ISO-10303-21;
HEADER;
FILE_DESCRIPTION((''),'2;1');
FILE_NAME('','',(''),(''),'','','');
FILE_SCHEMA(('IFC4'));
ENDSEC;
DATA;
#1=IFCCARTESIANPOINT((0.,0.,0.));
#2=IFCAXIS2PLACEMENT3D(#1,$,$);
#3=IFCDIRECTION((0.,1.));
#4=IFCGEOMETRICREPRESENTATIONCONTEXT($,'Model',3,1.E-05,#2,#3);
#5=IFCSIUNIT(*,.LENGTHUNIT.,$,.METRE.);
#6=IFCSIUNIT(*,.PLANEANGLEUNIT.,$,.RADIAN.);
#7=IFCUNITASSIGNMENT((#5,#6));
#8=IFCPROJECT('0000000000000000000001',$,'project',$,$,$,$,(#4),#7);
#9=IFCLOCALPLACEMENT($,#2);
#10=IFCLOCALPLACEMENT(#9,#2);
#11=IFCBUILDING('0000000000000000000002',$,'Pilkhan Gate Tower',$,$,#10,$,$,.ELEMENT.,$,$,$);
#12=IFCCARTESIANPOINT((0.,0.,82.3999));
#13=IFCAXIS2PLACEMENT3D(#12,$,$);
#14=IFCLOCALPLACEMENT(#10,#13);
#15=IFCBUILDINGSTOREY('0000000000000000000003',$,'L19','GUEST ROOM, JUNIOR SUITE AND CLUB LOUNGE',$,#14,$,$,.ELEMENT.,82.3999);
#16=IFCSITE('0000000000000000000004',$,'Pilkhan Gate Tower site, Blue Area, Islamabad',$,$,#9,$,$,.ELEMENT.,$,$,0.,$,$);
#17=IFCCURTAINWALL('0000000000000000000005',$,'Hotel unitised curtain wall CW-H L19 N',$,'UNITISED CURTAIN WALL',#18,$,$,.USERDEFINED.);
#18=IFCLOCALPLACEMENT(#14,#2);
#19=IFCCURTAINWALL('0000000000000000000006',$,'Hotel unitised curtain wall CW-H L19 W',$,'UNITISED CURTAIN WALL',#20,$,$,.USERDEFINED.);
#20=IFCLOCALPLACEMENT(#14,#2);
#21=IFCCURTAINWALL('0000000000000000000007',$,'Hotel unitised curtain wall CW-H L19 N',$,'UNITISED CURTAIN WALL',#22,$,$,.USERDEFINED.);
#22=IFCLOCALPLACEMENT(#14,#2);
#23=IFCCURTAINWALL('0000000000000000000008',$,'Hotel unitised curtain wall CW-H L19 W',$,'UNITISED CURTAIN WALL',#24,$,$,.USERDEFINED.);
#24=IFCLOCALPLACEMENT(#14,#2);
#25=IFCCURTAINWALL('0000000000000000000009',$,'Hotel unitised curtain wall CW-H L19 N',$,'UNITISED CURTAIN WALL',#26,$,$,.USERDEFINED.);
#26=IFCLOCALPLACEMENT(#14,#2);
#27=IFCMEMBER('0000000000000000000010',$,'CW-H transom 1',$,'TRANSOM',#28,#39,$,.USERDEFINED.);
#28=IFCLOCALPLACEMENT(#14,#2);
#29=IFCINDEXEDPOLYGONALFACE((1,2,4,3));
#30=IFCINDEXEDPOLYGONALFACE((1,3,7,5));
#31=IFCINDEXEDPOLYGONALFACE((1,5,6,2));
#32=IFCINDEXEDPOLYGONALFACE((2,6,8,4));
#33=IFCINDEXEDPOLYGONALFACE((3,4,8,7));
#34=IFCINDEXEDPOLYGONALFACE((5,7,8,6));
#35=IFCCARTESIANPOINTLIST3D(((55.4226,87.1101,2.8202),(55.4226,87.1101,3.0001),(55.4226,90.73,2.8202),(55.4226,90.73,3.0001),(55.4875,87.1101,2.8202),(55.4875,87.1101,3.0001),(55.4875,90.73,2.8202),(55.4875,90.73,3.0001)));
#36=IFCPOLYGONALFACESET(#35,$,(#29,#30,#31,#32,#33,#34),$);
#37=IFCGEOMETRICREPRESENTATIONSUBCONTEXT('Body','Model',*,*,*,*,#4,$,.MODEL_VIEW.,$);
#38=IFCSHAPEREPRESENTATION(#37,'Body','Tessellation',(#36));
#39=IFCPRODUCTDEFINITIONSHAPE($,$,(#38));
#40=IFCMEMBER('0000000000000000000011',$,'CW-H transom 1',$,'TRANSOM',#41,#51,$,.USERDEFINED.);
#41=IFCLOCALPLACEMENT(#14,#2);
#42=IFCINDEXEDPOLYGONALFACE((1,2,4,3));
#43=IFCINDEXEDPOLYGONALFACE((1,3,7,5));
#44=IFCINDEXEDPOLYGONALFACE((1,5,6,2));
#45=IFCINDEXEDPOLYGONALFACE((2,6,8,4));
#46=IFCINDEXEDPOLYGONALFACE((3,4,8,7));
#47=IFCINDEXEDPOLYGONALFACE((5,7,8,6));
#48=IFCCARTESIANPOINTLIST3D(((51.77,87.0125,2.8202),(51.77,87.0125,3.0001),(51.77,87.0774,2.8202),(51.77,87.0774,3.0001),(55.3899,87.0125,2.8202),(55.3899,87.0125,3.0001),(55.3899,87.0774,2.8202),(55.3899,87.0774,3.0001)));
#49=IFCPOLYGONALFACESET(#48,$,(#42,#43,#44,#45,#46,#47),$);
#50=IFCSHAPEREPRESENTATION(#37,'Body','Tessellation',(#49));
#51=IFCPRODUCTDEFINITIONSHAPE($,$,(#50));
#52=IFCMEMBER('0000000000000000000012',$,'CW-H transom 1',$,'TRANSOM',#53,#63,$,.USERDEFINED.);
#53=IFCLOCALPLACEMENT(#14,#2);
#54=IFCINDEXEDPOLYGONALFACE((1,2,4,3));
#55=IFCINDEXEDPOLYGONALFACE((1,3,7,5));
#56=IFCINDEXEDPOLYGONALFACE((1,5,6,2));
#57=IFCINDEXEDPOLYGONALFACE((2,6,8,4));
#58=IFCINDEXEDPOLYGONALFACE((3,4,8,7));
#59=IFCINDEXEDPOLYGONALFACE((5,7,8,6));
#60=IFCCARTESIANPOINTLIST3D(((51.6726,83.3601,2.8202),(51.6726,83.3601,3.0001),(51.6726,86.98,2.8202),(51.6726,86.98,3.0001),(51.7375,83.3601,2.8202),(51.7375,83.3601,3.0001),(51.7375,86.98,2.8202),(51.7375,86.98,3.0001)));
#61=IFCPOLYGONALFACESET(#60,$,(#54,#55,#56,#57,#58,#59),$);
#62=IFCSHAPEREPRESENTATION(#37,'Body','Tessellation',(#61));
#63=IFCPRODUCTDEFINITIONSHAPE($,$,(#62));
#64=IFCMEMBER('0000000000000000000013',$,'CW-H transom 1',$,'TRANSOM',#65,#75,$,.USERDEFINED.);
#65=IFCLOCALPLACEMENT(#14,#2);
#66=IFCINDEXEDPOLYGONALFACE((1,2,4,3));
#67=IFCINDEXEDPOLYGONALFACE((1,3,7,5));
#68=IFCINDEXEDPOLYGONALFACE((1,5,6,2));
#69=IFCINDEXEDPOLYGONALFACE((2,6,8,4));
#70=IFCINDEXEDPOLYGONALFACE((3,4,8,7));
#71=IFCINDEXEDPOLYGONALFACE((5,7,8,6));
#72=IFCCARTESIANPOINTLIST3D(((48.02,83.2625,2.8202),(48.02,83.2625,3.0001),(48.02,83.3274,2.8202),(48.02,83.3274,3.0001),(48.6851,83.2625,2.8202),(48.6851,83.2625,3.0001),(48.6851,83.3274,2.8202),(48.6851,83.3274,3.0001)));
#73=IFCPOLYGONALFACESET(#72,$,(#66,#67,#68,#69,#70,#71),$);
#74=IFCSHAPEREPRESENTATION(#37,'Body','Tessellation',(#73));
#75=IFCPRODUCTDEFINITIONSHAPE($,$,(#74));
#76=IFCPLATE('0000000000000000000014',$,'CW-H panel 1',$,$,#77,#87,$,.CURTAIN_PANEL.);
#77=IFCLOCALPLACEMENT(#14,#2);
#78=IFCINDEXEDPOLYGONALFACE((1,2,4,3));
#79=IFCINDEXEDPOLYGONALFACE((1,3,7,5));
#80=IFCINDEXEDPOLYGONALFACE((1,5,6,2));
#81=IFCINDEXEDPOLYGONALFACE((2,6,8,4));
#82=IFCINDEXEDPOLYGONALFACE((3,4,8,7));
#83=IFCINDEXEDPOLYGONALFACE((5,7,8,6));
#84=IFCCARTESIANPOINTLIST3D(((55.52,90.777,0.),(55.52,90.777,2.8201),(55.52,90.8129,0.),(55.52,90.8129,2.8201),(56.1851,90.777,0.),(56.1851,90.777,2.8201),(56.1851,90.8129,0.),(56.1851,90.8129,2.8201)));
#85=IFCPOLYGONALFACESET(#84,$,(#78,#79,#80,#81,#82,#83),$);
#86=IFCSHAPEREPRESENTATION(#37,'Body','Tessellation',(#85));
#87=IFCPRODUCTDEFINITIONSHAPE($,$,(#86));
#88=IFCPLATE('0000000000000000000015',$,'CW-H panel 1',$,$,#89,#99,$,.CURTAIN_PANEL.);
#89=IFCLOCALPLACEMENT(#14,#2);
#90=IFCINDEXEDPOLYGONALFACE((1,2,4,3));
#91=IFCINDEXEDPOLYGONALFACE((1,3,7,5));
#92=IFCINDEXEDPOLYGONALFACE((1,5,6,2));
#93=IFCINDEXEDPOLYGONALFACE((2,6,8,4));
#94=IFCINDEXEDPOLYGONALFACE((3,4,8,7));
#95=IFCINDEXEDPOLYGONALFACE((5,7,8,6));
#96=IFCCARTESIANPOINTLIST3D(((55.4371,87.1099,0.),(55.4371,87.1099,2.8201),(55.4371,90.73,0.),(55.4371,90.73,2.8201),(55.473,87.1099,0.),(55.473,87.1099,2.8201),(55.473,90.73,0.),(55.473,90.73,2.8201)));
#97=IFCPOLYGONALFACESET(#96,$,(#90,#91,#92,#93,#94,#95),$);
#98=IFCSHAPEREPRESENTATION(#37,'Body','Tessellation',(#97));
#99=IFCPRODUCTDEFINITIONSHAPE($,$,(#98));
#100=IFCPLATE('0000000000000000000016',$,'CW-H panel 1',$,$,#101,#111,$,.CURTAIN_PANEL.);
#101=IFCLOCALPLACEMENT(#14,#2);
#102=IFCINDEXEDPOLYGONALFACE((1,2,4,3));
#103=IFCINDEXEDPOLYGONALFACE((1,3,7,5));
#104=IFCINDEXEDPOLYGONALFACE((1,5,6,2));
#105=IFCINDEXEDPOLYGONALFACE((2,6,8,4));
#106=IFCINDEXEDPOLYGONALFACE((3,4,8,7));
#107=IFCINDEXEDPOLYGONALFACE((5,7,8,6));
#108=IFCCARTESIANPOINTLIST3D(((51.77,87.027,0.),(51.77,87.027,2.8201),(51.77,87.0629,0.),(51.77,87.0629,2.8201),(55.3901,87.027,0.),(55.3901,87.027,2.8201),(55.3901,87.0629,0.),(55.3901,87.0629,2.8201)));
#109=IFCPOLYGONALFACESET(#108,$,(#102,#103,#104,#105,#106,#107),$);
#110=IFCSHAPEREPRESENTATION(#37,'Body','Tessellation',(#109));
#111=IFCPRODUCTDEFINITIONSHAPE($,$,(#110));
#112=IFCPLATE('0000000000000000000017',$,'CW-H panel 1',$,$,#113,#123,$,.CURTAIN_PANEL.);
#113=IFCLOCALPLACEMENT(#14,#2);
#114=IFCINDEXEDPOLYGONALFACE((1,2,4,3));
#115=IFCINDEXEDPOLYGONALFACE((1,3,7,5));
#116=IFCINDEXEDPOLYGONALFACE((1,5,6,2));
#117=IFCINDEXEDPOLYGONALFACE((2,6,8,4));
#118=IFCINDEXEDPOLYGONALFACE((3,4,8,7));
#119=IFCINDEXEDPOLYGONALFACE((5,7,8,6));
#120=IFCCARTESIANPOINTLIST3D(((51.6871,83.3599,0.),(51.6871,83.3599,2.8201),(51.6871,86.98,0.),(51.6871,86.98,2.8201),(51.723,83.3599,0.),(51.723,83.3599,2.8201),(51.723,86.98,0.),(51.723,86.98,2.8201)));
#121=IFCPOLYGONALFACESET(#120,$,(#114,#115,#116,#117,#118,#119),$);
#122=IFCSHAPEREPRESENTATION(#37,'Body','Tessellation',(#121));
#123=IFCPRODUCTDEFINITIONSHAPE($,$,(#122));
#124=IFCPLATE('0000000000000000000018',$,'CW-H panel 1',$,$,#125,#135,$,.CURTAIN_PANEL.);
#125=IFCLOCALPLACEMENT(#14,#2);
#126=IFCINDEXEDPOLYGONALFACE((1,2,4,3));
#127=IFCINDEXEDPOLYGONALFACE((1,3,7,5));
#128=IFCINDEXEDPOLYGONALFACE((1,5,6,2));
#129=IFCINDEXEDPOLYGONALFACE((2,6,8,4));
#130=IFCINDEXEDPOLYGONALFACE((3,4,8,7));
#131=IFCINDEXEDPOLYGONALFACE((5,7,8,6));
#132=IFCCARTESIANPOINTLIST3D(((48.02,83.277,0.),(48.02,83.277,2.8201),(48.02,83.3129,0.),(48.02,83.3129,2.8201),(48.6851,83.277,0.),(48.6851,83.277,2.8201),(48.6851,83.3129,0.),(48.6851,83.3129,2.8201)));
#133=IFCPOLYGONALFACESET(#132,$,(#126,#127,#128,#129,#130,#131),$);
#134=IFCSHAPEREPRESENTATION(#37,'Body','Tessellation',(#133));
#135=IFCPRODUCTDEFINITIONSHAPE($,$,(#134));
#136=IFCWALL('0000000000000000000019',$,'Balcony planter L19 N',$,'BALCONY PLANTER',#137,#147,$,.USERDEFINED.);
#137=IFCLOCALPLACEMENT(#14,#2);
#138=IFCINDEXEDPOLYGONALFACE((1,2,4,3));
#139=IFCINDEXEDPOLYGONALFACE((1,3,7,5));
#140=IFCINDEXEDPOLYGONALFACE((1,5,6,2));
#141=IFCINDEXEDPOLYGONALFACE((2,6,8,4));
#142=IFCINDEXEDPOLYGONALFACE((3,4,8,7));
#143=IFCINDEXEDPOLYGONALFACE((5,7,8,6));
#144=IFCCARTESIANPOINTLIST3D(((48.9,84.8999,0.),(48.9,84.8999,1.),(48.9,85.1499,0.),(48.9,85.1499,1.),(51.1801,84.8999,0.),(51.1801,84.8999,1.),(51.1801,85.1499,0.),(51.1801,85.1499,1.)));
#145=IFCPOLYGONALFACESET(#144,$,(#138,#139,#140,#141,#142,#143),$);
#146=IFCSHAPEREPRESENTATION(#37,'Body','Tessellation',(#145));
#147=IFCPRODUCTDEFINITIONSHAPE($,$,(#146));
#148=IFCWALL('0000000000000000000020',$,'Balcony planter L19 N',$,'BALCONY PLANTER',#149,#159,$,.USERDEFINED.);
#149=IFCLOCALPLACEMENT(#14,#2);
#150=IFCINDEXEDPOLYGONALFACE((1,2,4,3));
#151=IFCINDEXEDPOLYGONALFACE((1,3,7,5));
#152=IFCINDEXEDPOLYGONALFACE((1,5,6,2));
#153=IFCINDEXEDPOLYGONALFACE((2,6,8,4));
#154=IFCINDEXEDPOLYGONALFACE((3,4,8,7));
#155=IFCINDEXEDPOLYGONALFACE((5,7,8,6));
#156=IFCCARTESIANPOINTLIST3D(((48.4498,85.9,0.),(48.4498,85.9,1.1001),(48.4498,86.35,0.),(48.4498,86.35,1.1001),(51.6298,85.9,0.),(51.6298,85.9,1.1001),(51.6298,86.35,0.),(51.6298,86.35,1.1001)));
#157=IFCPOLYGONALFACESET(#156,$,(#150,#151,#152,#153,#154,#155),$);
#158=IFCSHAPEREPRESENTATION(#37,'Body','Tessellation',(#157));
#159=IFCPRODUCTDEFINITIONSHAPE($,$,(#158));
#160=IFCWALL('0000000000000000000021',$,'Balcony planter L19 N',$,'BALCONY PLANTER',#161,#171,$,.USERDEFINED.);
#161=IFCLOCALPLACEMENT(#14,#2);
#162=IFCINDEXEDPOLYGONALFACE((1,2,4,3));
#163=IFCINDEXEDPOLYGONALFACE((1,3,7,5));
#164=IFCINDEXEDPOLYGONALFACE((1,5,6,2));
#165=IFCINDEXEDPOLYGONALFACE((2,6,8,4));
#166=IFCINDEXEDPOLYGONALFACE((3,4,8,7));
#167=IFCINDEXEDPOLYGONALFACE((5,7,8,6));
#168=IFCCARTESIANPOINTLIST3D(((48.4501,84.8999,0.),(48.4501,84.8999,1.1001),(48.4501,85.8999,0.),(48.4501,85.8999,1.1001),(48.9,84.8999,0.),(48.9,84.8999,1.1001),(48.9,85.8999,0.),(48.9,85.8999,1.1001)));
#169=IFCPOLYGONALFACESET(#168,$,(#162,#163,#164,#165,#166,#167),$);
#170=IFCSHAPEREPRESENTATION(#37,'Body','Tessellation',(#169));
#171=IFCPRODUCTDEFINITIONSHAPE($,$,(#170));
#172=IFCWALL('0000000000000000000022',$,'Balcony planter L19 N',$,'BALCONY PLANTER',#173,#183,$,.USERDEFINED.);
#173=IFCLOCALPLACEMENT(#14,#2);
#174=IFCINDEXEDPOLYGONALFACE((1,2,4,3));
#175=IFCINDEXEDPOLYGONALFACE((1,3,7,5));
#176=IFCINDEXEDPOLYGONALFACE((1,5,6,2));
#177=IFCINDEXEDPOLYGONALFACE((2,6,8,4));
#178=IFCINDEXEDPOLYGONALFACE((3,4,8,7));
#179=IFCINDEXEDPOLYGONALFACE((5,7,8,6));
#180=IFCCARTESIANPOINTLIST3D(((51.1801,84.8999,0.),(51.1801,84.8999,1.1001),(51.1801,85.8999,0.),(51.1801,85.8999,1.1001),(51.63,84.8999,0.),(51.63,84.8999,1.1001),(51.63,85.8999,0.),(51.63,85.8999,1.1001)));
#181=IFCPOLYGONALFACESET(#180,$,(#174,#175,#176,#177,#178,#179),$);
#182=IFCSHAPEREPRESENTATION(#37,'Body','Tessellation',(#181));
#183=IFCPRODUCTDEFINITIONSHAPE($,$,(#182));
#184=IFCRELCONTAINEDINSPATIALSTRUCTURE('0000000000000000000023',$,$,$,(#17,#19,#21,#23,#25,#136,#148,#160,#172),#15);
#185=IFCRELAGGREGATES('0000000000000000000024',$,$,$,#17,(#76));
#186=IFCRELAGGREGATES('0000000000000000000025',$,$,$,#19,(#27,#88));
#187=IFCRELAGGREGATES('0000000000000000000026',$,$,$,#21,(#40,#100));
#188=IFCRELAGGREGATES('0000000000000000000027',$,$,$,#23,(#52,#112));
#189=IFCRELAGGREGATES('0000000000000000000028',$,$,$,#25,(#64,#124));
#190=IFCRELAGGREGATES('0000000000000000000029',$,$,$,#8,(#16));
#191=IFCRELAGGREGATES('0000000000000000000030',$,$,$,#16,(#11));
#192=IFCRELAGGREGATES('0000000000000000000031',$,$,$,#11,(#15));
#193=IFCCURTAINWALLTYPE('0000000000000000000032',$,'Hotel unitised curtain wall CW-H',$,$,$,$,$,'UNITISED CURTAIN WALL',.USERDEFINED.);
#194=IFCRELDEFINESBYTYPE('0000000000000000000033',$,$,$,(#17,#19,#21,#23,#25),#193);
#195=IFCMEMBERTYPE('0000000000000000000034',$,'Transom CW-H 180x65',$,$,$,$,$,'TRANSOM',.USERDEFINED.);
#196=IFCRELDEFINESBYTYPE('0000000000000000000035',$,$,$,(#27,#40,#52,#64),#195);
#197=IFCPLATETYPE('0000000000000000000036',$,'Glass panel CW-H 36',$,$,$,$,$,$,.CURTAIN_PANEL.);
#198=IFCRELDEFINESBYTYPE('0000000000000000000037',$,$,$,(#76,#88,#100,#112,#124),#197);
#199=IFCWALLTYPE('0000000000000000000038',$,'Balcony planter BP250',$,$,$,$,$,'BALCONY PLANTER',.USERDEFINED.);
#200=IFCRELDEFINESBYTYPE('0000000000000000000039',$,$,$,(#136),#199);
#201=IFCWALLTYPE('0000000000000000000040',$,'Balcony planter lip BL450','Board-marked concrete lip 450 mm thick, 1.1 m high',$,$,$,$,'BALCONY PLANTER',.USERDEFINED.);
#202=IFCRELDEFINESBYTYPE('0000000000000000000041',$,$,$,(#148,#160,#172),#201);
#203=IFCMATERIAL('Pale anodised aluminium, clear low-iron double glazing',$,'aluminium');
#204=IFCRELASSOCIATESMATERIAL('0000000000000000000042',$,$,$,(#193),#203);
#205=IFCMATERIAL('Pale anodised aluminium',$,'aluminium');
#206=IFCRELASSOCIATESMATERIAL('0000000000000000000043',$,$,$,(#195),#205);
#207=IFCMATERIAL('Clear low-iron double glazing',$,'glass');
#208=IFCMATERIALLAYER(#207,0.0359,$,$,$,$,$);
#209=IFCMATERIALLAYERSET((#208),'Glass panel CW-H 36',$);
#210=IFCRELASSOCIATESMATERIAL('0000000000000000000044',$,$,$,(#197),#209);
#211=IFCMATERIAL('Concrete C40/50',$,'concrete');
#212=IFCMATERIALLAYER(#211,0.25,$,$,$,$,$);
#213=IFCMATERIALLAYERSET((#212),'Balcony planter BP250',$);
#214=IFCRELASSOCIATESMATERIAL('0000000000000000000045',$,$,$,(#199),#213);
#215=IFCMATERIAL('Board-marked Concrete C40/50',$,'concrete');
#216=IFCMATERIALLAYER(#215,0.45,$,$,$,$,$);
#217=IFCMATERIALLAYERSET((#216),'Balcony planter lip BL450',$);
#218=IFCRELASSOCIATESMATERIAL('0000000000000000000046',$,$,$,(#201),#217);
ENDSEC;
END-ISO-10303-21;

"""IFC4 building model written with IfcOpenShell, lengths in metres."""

from ifc_helpers import new_model, si_unit, direction, frame, frame_2d, origin, origin_2d, place, context, subcontext, project, spatial, rectangle, extrude, material, layer, layer_set, material_profile, profile_set, type_object, element, aggregate, save


model = new_model("IFC4")

# Units and contexts
model_context = context("Model", 3, precision=1e-05, world=origin(), true_north=direction((0.0, 1.0)))
body_context = subcontext(model_context, "Body", "Model", "MODEL_VIEW")
ifc_project = project(units=[si_unit("LENGTHUNIT", "METRE"), si_unit("PLANEANGLEUNIT", "RADIAN")], contexts=[model_context])

# Site, building, storey
site_placement = place(None, origin())
site = spatial("IfcSite", under=ifc_project, at=site_placement, Name="Pilkhan Gate Tower site, Blue Area, Islamabad", CompositionType="ELEMENT", RefElevation=0.0)
building_placement = place(site_placement, origin())
building = spatial("IfcBuilding", under=site, at=building_placement, Name="Pilkhan Gate Tower", CompositionType="ELEMENT")
storey_placement = place(building_placement, frame((0.0, 0.0, 82.3999)))
storey = spatial("IfcBuildingStorey", under=building, at=storey_placement, Name="L19", Description="GUEST ROOM, JUNIOR SUITE AND CLUB LOUNGE", CompositionType="ELEMENT", Elevation=82.3999)

# Curtain wall
ifc_material_1 = material(Name="Pale anodised aluminium, clear low-iron double glazing", Category="aluminium")
curtain_wall_type = type_object("IfcCurtainWallType", Name="Hotel unitised curtain wall CW-H", ElementType="UNITISED CURTAIN WALL", PredefinedType="USERDEFINED", material=ifc_material_1)
curtain_wall_1_placement = place(storey_placement, origin())
curtain_wall_1 = element("IfcCurtainWall", 1, at=curtain_wall_1_placement, inside=storey, type_object=curtain_wall_type, Name="Hotel unitised curtain wall CW-H L19 N", ObjectType="UNITISED CURTAIN WALL", PredefinedType="USERDEFINED")
ifc_material_2 = material(Name="Pale anodised aluminium", Category="aluminium")

# Curtain walls
curtain_wall_2_placement = place(storey_placement, origin())
curtain_wall_2 = element("IfcCurtainWall", 2, at=curtain_wall_2_placement, inside=storey, type_object=curtain_wall_type, Name="Hotel unitised curtain wall CW-H L19 W", ObjectType="UNITISED CURTAIN WALL", PredefinedType="USERDEFINED")
curtain_wall_3_placement = place(storey_placement, origin())
curtain_wall_3 = element("IfcCurtainWall", 3, at=curtain_wall_3_placement, inside=storey, type_object=curtain_wall_type, Name="Hotel unitised curtain wall CW-H L19 N", ObjectType="UNITISED CURTAIN WALL", PredefinedType="USERDEFINED")
curtain_wall_4_placement = place(storey_placement, origin())
curtain_wall_4 = element("IfcCurtainWall", 4, at=curtain_wall_4_placement, inside=storey, type_object=curtain_wall_type, Name="Hotel unitised curtain wall CW-H L19 W", ObjectType="UNITISED CURTAIN WALL", PredefinedType="USERDEFINED")
curtain_wall_5_placement = place(storey_placement, origin())
curtain_wall_5 = element("IfcCurtainWall", 5, at=curtain_wall_5_placement, inside=storey, type_object=curtain_wall_type, Name="Hotel unitised curtain wall CW-H L19 N", ObjectType="UNITISED CURTAIN WALL", PredefinedType="USERDEFINED")

# Members
ifc_material_profile_1 = material_profile(ifc_material_2, rectangle(XDim=0.0649, YDim=0.1799, at=origin_2d()), Name="Transom 180x65")
ifc_profile_set_1 = profile_set([ifc_material_profile_1], Name="Pale anodised aluminium")
member_type_1 = type_object("IfcMemberType", Name="Transom CW-H 180x65", ElementType="TRANSOM", PredefinedType="USERDEFINED", material=ifc_profile_set_1)
member_1_placement = place(storey_placement, frame((55.4551, 87.1101, 2.9102), z_axis=(0.0, 1.0, 0.0), x_axis=(-1.0, 0.0, 0.0)))
member_1 = element("IfcMember", 6, at=member_1_placement, type_object=member_type_1, Name="CW-H transom 1", ObjectType="TRANSOM", PredefinedType="USERDEFINED", context=body_context, shape_type="SweptSolid", body=[
    extrude(rectangle(XDim=0.0649, YDim=0.1799, at=origin_2d()), origin(), (0.0, 0.0, 1.0), 3.6199),
])
member_2_placement = place(storey_placement, frame((51.77, 87.0449, 2.9102), z_axis=(1.0, 0.0, 0.0), x_axis=(0.0, 1.0, 0.0)))
member_2 = element("IfcMember", 7, at=member_2_placement, type_object=member_type_1, Name="CW-H transom 1", ObjectType="TRANSOM", PredefinedType="USERDEFINED", context=body_context, shape_type="SweptSolid", body=[
    extrude(rectangle(XDim=0.0649, YDim=0.1799, at=origin_2d()), origin(), (0.0, 0.0, 1.0), 3.6199),
])
member_3_placement = place(storey_placement, frame((51.7051, 83.3601, 2.9102), z_axis=(0.0, 1.0, 0.0), x_axis=(-1.0, 0.0, 0.0)))
member_3 = element("IfcMember", 8, at=member_3_placement, type_object=member_type_1, Name="CW-H transom 1", ObjectType="TRANSOM", PredefinedType="USERDEFINED", context=body_context, shape_type="SweptSolid", body=[
    extrude(rectangle(XDim=0.0649, YDim=0.1799, at=origin_2d()), origin(), (0.0, 0.0, 1.0), 3.6199),
])
member_4_placement = place(storey_placement, frame((48.02, 83.2949, 2.9102), z_axis=(1.0, 0.0, 0.0), x_axis=(0.0, 1.0, 0.0)))
member_4 = element("IfcMember", 9, at=member_4_placement, type_object=member_type_1, Name="CW-H transom 1", ObjectType="TRANSOM", PredefinedType="USERDEFINED", context=body_context, shape_type="SweptSolid", body=[
    extrude(rectangle(XDim=0.0649, YDim=0.1799, at=origin_2d()), origin(), (0.0, 0.0, 1.0), 0.665),
])

# Plates
ifc_material_3 = material(Name="Clear low-iron double glazing", Category="glass")
ifc_layer_1 = layer(ifc_material_3, 0.0359)
ifc_layer_set_1 = layer_set([ifc_layer_1], Name="Glass panel CW-H 36")
plate_type = type_object("IfcPlateType", Name="Glass panel CW-H 36", PredefinedType="CURTAIN_PANEL", material=ifc_layer_set_1)
plate_1_placement = place(storey_placement, frame((55.8525, 90.7949, 0.0), z_axis=(0.0, 0.0, 1.0), x_axis=(1.0, 0.0, 0.0)))
plate_1 = element("IfcPlate", 10, at=plate_1_placement, type_object=plate_type, Name="CW-H panel 1", PredefinedType="CURTAIN_PANEL", context=body_context, shape_type="SweptSolid", body=[
    extrude(rectangle(XDim=0.665, YDim=0.0359, at=origin_2d()), origin(), (0.0, 0.0, 1.0), 2.8201),
])
aggregate(curtain_wall_1, [plate_1])
plate_2_placement = place(storey_placement, frame((55.4551, 88.9199, 0.0), z_axis=(0.0, 0.0, 1.0), x_axis=(0.0, 1.0, 0.0)))
plate_2 = element("IfcPlate", 11, at=plate_2_placement, type_object=plate_type, Name="CW-H panel 1", PredefinedType="CURTAIN_PANEL", context=body_context, shape_type="SweptSolid", body=[
    extrude(rectangle(XDim=3.6201, YDim=0.0359, at=origin_2d()), origin(), (0.0, 0.0, 1.0), 2.8201),
])
aggregate(curtain_wall_2, [member_1, plate_2])
plate_3_placement = place(storey_placement, frame((53.5801, 87.0449, 0.0), z_axis=(0.0, 0.0, 1.0), x_axis=(1.0, 0.0, 0.0)))
plate_3 = element("IfcPlate", 12, at=plate_3_placement, type_object=plate_type, Name="CW-H panel 1", PredefinedType="CURTAIN_PANEL", context=body_context, shape_type="SweptSolid", body=[
    extrude(rectangle(XDim=3.6201, YDim=0.0359, at=origin_2d()), origin(), (0.0, 0.0, 1.0), 2.8201),
])
aggregate(curtain_wall_3, [member_2, plate_3])
plate_4_placement = place(storey_placement, frame((51.7051, 85.1699, 0.0), z_axis=(0.0, 0.0, 1.0), x_axis=(0.0, 1.0, 0.0)))
plate_4 = element("IfcPlate", 13, at=plate_4_placement, type_object=plate_type, Name="CW-H panel 1", PredefinedType="CURTAIN_PANEL", context=body_context, shape_type="SweptSolid", body=[
    extrude(rectangle(XDim=3.6201, YDim=0.0359, at=origin_2d()), origin(), (0.0, 0.0, 1.0), 2.8201),
])
aggregate(curtain_wall_4, [member_3, plate_4])
plate_5_placement = place(storey_placement, frame((48.3525, 83.2949, 0.0), z_axis=(0.0, 0.0, 1.0), x_axis=(1.0, 0.0, 0.0)))
plate_5 = element("IfcPlate", 14, at=plate_5_placement, type_object=plate_type, Name="CW-H panel 1", PredefinedType="CURTAIN_PANEL", context=body_context, shape_type="SweptSolid", body=[
    extrude(rectangle(XDim=0.665, YDim=0.0359, at=origin_2d()), origin(), (0.0, 0.0, 1.0), 2.8201),
])
aggregate(curtain_wall_5, [member_4, plate_5])

# Walls
ifc_material_4 = material(Name="Concrete C40/50", Category="concrete")
ifc_layer_2 = layer(ifc_material_4, 0.25)
ifc_layer_set_2 = layer_set([ifc_layer_2], Name="Balcony planter BP250")
wall_type_1 = type_object("IfcWallType", Name="Balcony planter BP250", ElementType="BALCONY PLANTER", PredefinedType="USERDEFINED", material=ifc_layer_set_2)
wall_1_placement = place(storey_placement, frame((48.8999, 85.0249, 0.0), z_axis=(0.0, 0.0, 1.0), x_axis=(1.0, 0.0, 0.0)))
element("IfcWall", 15, at=wall_1_placement, inside=storey, type_object=wall_type_1, Name="Balcony planter L19 N", ObjectType="BALCONY PLANTER", PredefinedType="USERDEFINED", context=body_context, shape_type="SweptSolid", body=[
    extrude(rectangle(XDim=2.28, YDim=0.25, at=frame_2d((1.1401, 0.0))), origin(), (0.0, 0.0, 1.0), 1.0),
])
ifc_material_5 = material(Name="Board-marked Concrete C40/50", Category="concrete")
ifc_layer_3 = layer(ifc_material_5, 0.45)
ifc_layer_set_3 = layer_set([ifc_layer_3], Name="Balcony planter lip BL450")
wall_type_2 = type_object("IfcWallType", Name="Balcony planter lip BL450", Description="Board-marked concrete lip 450 mm thick, 1.1 m high", ElementType="BALCONY PLANTER", PredefinedType="USERDEFINED", material=ifc_layer_set_3)
wall_2_placement = place(storey_placement, frame((48.45, 86.125, 0.0), z_axis=(0.0, 0.0, 1.0), x_axis=(1.0, 0.0, 0.0)))
element("IfcWall", 16, at=wall_2_placement, inside=storey, type_object=wall_type_2, Name="Balcony planter L19 N", ObjectType="BALCONY PLANTER", PredefinedType="USERDEFINED", context=body_context, shape_type="SweptSolid", body=[
    extrude(rectangle(XDim=3.1799, YDim=0.45, at=frame_2d((1.5898, 0.0))), origin(), (0.0, 0.0, 1.0), 1.1001),
])
for number, where, z_axis, x_axis, name in (
    (17, (48.675, 84.8999, 0.0), (0.0, 0.0, 1.0), (0.0, 1.0, 0.0), "Balcony planter L19 N"),
    (18, (51.405, 84.8999, 0.0), (0.0, 0.0, 1.0), (0.0, 1.0, 0.0), "Balcony planter L19 N"),
):
    element("IfcWall", number, at=place(storey_placement, frame(where, z_axis=z_axis, x_axis=x_axis)), inside=storey, type_object=wall_type_2, Name=name, ObjectType="BALCONY PLANTER", PredefinedType="USERDEFINED", context=body_context, shape_type="SweptSolid", body=[
        extrude(rectangle(XDim=1.0, YDim=0.45, at=frame_2d((0.5, 0.0))), origin(), (0.0, 0.0, 1.0), 1.1001),
    ])

save(model, "model.ifc")
